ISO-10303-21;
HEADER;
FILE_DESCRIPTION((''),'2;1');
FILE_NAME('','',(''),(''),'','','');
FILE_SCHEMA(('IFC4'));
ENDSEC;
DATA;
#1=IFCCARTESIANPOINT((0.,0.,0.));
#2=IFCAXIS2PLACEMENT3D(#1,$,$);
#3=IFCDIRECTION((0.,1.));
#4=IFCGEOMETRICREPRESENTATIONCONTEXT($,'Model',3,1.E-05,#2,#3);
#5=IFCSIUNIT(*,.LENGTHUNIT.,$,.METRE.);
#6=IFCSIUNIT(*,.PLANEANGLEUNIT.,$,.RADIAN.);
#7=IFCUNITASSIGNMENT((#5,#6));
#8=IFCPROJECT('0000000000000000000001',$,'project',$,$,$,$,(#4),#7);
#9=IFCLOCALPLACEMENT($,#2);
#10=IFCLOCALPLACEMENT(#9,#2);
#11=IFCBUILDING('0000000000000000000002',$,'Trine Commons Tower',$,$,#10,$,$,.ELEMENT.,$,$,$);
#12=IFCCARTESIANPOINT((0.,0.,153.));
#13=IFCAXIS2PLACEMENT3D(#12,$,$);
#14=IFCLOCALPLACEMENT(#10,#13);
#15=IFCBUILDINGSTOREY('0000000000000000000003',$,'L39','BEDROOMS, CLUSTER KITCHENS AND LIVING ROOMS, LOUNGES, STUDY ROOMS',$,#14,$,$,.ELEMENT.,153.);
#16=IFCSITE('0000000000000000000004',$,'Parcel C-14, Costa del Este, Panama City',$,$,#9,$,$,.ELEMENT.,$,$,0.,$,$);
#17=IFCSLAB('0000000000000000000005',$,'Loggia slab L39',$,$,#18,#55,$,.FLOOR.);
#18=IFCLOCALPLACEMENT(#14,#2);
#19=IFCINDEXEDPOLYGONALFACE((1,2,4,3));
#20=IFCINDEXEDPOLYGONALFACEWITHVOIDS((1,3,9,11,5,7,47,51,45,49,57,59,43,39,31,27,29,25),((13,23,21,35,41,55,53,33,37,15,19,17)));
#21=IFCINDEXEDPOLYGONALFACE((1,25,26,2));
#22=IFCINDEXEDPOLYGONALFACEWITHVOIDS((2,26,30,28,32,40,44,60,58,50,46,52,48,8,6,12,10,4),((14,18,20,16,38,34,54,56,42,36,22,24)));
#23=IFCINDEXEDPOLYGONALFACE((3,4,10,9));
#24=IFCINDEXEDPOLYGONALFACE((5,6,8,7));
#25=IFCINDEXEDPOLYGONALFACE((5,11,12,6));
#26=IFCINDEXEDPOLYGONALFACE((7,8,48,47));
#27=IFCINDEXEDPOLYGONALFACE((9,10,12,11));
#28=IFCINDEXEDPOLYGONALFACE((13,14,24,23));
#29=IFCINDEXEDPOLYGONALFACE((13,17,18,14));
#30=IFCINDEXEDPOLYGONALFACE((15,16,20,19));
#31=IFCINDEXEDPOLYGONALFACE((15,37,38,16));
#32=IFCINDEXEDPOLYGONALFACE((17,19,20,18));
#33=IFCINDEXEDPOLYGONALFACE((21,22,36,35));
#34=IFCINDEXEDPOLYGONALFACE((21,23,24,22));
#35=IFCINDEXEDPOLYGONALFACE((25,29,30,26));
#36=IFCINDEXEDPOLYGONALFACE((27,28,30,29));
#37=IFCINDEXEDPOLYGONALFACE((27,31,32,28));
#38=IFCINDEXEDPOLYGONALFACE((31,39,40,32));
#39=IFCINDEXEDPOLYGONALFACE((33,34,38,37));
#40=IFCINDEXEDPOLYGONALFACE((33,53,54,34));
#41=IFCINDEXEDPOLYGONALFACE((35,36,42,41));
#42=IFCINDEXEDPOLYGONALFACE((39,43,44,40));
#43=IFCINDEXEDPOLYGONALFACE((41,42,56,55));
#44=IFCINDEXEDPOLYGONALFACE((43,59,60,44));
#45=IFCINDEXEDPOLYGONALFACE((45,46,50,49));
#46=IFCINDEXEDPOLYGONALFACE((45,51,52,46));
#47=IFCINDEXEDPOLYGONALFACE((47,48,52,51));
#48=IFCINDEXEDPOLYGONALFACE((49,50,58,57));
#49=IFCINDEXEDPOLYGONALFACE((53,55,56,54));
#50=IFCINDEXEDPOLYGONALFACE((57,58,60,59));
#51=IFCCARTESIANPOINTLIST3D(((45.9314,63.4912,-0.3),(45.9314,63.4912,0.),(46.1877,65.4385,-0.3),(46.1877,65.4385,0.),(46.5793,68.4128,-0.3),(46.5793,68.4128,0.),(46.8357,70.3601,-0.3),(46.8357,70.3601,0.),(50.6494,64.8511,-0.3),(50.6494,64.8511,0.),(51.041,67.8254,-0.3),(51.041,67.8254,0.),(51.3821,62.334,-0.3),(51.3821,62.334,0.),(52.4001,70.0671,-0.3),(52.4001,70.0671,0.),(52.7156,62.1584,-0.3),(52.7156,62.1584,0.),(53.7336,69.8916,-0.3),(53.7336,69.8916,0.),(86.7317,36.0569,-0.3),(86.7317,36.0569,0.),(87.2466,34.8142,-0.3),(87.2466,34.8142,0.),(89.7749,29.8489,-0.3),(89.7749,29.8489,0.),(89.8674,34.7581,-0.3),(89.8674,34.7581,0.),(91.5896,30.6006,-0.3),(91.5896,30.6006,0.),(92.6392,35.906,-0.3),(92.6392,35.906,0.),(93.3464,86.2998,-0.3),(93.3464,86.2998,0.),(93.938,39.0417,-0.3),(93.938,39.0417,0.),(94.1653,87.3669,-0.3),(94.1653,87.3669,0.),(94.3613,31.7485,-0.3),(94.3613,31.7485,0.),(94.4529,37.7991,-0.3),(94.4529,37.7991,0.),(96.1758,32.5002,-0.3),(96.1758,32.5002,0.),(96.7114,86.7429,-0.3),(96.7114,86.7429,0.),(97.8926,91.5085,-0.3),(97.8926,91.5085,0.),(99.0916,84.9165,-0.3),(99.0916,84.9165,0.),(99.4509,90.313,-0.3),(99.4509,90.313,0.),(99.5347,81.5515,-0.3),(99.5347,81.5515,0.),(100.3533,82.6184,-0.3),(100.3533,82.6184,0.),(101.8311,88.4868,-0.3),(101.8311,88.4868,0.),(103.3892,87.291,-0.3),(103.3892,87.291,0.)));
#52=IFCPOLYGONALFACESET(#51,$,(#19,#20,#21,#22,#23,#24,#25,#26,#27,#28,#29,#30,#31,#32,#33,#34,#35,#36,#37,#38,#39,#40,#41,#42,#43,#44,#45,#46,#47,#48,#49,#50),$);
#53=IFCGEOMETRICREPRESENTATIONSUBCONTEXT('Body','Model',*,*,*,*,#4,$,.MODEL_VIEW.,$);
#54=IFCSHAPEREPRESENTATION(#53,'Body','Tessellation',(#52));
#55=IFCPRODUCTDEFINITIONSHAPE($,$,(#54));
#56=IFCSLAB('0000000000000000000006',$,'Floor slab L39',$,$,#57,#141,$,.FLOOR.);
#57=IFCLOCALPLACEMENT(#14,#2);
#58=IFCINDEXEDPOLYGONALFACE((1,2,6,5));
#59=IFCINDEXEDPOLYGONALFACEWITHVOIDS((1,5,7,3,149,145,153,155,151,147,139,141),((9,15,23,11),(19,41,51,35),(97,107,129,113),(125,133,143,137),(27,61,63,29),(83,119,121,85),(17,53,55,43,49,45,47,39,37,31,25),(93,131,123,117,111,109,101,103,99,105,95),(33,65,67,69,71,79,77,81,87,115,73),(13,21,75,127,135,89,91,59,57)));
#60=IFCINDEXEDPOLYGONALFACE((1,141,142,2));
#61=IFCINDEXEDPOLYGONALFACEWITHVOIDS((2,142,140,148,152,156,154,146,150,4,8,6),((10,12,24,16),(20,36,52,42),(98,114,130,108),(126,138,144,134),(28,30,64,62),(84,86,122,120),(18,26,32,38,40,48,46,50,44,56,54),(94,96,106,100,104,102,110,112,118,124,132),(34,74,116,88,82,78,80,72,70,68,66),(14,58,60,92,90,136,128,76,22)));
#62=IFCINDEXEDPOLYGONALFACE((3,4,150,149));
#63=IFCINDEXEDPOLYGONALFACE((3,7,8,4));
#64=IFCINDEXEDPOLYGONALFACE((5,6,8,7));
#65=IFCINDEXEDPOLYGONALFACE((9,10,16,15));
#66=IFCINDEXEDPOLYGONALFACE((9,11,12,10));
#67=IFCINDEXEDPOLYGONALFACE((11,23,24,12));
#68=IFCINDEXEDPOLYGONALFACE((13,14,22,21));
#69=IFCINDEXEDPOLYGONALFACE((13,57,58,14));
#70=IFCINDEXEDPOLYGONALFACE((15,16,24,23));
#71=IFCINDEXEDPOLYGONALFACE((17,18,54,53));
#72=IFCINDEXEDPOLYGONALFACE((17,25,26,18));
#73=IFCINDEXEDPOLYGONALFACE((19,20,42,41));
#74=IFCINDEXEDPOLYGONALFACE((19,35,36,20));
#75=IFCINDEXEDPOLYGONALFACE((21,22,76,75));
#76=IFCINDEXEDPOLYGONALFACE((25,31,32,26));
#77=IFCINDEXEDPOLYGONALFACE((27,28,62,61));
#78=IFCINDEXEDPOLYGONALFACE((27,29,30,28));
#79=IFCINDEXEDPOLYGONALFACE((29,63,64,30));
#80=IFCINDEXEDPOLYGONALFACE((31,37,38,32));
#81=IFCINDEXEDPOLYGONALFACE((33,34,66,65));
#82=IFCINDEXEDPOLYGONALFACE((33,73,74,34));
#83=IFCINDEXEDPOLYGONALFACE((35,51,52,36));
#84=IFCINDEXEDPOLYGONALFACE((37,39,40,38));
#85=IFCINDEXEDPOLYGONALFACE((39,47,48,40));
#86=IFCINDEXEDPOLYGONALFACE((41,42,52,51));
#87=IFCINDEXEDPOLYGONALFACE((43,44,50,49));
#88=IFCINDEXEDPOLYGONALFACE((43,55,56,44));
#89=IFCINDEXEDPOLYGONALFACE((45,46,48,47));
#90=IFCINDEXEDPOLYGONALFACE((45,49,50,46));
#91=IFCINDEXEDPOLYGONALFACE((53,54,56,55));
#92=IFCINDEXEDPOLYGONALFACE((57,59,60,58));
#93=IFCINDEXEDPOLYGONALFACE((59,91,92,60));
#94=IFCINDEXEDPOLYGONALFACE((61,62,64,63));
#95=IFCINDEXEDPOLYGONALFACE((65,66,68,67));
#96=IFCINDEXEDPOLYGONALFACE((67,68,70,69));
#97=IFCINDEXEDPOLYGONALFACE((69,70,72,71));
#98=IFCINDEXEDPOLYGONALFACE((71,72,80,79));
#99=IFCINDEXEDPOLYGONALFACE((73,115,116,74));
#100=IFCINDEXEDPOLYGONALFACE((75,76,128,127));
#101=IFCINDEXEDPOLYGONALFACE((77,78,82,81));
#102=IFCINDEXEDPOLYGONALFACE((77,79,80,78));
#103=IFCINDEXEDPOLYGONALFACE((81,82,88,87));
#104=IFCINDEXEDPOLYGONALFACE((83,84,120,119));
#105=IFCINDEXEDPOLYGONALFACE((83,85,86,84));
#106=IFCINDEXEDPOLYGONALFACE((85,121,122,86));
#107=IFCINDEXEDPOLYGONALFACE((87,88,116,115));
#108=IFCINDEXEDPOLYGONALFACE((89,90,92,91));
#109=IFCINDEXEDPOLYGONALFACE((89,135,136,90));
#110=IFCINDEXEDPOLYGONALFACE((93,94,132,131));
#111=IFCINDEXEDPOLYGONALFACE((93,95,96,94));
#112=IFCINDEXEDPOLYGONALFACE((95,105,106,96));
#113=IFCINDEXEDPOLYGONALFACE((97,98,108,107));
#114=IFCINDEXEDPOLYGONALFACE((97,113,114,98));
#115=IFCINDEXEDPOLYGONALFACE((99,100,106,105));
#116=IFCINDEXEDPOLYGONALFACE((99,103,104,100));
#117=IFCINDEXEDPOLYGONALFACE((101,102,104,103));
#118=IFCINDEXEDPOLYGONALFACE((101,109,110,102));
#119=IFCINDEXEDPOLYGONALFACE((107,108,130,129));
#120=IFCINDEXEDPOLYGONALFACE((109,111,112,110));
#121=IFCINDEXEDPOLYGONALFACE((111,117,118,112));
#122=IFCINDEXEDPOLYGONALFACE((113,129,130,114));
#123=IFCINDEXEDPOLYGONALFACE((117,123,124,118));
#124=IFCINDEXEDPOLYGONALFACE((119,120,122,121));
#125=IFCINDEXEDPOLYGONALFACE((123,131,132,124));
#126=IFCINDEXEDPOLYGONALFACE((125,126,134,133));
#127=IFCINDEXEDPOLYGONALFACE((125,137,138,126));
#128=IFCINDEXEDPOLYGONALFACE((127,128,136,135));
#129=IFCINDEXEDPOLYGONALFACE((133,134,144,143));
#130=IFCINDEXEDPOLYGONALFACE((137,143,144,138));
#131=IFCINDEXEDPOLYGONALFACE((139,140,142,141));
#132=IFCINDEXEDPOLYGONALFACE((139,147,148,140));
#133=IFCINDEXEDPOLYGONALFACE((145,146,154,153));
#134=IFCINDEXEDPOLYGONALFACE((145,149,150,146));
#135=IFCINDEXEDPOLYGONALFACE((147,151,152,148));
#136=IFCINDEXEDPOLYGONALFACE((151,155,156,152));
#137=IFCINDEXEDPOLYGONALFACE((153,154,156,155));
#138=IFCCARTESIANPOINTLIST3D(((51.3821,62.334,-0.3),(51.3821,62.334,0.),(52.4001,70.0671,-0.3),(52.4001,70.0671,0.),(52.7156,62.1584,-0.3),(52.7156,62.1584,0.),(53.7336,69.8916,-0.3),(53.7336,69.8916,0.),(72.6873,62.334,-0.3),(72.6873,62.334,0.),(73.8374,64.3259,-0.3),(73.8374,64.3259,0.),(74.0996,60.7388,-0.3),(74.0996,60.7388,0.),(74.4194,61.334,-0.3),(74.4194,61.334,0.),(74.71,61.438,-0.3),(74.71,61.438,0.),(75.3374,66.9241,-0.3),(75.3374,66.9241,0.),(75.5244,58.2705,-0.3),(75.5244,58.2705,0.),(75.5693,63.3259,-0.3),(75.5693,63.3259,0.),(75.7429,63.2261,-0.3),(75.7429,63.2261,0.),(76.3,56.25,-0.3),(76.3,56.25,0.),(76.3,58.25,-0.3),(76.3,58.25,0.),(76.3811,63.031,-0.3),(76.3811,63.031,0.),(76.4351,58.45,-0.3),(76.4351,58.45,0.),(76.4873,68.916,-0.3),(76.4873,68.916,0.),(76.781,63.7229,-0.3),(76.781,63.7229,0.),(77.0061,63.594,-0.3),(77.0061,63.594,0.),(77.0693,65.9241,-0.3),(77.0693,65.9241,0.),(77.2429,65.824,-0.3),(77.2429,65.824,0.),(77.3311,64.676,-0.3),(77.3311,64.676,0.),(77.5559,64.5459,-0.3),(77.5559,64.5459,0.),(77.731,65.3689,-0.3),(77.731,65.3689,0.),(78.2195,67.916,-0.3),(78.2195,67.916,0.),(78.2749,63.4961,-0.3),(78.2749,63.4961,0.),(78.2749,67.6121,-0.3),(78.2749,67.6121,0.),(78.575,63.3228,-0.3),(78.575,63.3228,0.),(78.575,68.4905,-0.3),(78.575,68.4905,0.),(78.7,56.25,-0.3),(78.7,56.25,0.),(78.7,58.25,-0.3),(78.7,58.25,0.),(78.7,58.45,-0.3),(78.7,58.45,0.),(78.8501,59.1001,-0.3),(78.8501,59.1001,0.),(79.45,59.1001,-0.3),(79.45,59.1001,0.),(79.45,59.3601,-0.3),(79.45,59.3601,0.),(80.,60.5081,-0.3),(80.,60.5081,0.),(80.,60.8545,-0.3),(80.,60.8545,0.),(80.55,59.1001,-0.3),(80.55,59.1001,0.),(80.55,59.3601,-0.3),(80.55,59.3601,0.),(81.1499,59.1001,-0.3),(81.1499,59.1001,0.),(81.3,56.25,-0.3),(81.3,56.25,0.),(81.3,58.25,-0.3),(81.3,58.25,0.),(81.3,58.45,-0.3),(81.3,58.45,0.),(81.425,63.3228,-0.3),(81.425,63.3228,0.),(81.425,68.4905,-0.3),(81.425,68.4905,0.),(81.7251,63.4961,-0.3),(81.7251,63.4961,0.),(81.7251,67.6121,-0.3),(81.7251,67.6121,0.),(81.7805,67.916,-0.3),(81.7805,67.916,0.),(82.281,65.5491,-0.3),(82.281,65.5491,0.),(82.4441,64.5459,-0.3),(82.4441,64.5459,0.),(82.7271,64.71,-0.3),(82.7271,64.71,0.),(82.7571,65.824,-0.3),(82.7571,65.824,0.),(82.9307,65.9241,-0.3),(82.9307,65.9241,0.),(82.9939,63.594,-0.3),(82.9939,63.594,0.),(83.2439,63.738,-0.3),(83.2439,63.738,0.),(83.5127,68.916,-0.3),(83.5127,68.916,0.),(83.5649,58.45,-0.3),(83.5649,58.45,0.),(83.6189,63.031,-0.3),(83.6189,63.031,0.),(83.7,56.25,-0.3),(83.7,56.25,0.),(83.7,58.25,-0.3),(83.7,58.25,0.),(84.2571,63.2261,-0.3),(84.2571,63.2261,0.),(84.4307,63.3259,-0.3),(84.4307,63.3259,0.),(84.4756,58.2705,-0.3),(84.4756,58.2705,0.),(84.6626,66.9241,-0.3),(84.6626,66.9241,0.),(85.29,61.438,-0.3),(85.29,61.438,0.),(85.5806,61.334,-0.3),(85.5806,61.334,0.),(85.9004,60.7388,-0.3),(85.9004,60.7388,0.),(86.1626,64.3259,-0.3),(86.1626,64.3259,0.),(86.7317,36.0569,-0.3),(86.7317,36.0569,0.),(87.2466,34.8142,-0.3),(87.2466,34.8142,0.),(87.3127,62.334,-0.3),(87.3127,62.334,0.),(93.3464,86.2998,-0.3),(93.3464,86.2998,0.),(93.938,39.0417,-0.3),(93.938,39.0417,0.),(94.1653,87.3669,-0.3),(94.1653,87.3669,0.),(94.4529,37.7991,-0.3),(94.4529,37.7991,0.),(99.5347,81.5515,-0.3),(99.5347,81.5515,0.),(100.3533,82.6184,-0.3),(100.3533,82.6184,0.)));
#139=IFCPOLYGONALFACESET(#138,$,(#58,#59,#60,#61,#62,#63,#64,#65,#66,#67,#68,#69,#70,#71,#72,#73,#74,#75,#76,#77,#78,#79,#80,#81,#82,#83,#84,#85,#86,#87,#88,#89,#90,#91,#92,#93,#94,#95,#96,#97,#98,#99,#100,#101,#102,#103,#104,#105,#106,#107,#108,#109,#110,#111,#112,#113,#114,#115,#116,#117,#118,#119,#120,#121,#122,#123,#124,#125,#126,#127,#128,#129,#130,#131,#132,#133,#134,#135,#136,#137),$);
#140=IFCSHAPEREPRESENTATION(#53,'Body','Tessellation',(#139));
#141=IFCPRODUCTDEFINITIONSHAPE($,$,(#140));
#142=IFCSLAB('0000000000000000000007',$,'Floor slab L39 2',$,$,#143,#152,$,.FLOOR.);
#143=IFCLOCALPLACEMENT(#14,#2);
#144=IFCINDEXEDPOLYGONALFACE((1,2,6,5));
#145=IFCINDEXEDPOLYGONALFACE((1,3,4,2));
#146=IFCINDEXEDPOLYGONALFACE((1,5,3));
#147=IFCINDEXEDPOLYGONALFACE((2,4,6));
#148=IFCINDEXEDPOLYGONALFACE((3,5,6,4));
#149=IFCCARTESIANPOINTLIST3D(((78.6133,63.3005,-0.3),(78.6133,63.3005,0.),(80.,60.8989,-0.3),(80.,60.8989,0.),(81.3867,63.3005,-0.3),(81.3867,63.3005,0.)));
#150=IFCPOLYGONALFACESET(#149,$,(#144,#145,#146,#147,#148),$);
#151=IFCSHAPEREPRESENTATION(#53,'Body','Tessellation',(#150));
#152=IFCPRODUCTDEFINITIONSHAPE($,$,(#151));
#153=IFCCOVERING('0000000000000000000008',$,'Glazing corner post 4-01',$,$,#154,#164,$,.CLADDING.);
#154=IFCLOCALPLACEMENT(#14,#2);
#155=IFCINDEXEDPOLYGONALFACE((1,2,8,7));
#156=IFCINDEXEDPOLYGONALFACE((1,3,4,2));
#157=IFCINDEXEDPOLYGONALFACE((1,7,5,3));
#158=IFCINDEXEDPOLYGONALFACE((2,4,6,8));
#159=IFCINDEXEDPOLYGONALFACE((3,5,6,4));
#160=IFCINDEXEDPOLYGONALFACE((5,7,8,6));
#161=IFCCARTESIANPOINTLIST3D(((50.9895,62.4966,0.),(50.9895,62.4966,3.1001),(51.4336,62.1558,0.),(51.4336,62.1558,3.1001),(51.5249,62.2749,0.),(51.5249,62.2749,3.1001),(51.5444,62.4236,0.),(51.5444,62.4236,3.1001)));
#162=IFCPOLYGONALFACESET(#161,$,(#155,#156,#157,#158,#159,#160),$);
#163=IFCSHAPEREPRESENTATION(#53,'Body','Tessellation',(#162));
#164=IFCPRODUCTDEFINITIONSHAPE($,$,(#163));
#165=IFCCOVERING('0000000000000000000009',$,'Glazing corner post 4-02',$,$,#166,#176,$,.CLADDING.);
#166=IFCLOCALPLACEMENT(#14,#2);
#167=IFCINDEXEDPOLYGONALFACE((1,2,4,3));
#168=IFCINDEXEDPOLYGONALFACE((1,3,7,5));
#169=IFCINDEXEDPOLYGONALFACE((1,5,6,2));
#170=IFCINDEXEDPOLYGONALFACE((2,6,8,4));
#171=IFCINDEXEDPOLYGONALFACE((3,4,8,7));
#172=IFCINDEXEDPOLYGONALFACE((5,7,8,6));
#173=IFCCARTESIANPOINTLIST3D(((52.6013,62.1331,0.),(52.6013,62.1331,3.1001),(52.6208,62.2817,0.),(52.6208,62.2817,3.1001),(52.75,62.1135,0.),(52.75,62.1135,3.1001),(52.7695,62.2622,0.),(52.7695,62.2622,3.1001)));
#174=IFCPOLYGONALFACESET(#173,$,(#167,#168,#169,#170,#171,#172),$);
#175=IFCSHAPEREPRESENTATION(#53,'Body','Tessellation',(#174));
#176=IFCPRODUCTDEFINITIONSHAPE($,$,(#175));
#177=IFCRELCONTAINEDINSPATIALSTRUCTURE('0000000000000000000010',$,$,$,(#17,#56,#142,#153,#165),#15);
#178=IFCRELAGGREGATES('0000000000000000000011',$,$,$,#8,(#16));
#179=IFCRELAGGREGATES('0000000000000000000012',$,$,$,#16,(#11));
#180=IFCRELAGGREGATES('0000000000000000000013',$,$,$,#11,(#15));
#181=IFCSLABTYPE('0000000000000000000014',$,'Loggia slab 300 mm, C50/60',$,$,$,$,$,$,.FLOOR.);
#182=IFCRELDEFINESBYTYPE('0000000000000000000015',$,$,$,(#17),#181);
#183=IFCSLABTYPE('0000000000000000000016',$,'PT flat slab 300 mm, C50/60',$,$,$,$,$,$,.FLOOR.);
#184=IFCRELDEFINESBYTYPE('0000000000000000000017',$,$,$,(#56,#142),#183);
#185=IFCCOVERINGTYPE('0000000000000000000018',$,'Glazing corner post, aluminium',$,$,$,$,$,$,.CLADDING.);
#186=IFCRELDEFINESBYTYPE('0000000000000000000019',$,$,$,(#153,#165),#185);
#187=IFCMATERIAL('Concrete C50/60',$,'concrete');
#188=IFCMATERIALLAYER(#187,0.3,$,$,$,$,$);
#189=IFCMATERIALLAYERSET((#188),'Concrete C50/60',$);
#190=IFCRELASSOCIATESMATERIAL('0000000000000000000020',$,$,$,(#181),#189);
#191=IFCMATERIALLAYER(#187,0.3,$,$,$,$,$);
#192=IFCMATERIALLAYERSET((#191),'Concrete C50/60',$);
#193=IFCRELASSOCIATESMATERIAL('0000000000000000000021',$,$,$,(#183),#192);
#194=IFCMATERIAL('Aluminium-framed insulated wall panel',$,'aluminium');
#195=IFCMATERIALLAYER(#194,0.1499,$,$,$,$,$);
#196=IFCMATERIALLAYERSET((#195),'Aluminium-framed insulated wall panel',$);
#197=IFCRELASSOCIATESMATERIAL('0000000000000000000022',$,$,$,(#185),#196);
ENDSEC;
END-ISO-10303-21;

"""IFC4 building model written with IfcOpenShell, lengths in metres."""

from ifc_helpers import new_model, si_unit, direction, frame, origin, place, context, subcontext, project, spatial, polyline, outline, extrude, material, layer, layer_set, type_object, element, save


model = new_model("IFC4")

# Units and contexts
model_context = context("Model", 3, precision=1e-05, world=origin(), true_north=direction((0.0, 1.0)))
body_context = subcontext(model_context, "Body", "Model", "MODEL_VIEW")
ifc_project = project(units=[si_unit("LENGTHUNIT", "METRE"), si_unit("PLANEANGLEUNIT", "RADIAN")], contexts=[model_context])

# Site, building, storey
site_placement = place(None, origin())
site = spatial("IfcSite", under=ifc_project, at=site_placement, Name="Parcel C-14, Costa del Este, Panama City", CompositionType="ELEMENT", RefElevation=0.0)
building_placement = place(site_placement, origin())
building = spatial("IfcBuilding", under=site, at=building_placement, Name="Trine Commons Tower", CompositionType="ELEMENT")
storey_placement = place(building_placement, frame((0.0, 0.0, 153.0)))
storey = spatial("IfcBuildingStorey", under=building, at=storey_placement, Name="L39", Description="BEDROOMS, CLUSTER KITCHENS AND LIVING ROOMS, LOUNGES, STUDY ROOMS", CompositionType="ELEMENT", Elevation=153.0)

# Slabs
ifc_material_1 = material(Name="Concrete C50/60", Category="concrete")
ifc_layer_1 = layer(ifc_material_1, 0.3)
ifc_layer_set_1 = layer_set([ifc_layer_1], Name="Concrete C50/60")
slab_type_1 = type_object("IfcSlabType", Name="Loggia slab 300 mm, C50/60", PredefinedType="FLOOR", material=ifc_layer_set_1)
slab_1_placement = place(storey_placement, frame((0.0, 0.0, -0.3)))
element("IfcSlab", 1, at=slab_1_placement, inside=storey, type_object=slab_type_1, Name="Loggia slab L39", PredefinedType="FLOOR", context=body_context, shape_type="SweptSolid", body=[
    extrude(outline(polyline([(96.1758, 32.5002), (103.3892, 87.291), (101.8311, 88.4868), (99.0916, 84.9165), (96.7114, 86.7429), (99.4509, 90.313), (97.8926, 91.5085), (46.8357, 70.3601), (46.5793, 68.4128), (51.041, 67.8254), (50.6494, 64.8511), (46.1877, 65.4385), (45.9314, 63.4912), (89.7749, 29.8489), (91.5896, 30.6006), (89.8674, 34.7581), (92.6392, 35.906), (94.3613, 31.7485), (96.1758, 32.5002)]), holes=[polyline([(87.2466, 34.8142), (86.7317, 36.0569), (93.938, 39.0417), (94.4529, 37.7991), (100.3533, 82.6184), (99.5347, 81.5515), (93.3464, 86.2998), (94.1653, 87.3669), (52.4001, 70.0671), (53.7336, 69.8916), (52.7156, 62.1584), (51.3821, 62.334), (87.2466, 34.8142)])]), origin(), (0.0, 0.0, 1.0), 0.3),
])
ifc_layer_2 = layer(ifc_material_1, 0.3)
ifc_layer_set_2 = layer_set([ifc_layer_2], Name="Concrete C50/60")
slab_type_2 = type_object("IfcSlabType", Name="PT flat slab 300 mm, C50/60", PredefinedType="FLOOR", material=ifc_layer_set_2)
slab_2_placement = place(storey_placement, frame((0.0, 0.0, -0.3)))
element("IfcSlab", 2, at=slab_2_placement, inside=storey, type_object=slab_type_2, Name="Floor slab L39", PredefinedType="FLOOR", context=body_context, shape_type="SweptSolid", body=[
    extrude(outline(polyline([(51.3821, 62.334), (87.2466, 34.8142), (86.7317, 36.0569), (93.938, 39.0417), (94.4529, 37.7991), (100.3533, 82.6184), (99.5347, 81.5515), (93.3464, 86.2998), (94.1653, 87.3669), (52.4001, 70.0671), (53.7336, 69.8916), (52.7156, 62.1584), (51.3821, 62.334)]), holes=[polyline([(78.7, 56.25), (78.7, 58.25), (76.3, 58.25), (76.3, 56.25), (78.7, 56.25)]), polyline([(80.0, 60.8545), (84.4756, 58.2705), (85.9004, 60.7388), (81.425, 63.3228), (81.425, 68.4905), (78.575, 68.4905), (78.575, 63.3228), (74.0996, 60.7388), (75.5244, 58.2705), (80.0, 60.8545)]), polyline([(73.8374, 64.3259), (72.6873, 62.334), (74.4194, 61.334), (75.5693, 63.3259), (73.8374, 64.3259)]), polyline([(76.3811, 63.031), (75.7429, 63.2261), (74.71, 61.438), (78.2749, 63.4961), (78.2749, 67.6121), (77.2429, 65.824), (77.731, 65.3689), (77.3311, 64.676), (77.5559, 64.5459), (77.0061, 63.594), (76.781, 63.7229), (76.3811, 63.031)]), polyline([(76.4873, 68.916), (75.3374, 66.9241), (77.0693, 65.9241), (78.2195, 67.916), (76.4873, 68.916)]), polyline([(83.7, 56.25), (83.7, 58.25), (81.3, 58.25), (81.3, 56.25), (83.7, 56.25)]), polyline([(81.1499, 59.1001), (81.3, 58.45), (83.5649, 58.45), (80.0, 60.5081), (76.4351, 58.45), (78.7, 58.45), (78.8501, 59.1001), (79.45, 59.1001), (79.45, 59.3601), (80.55, 59.3601), (80.55, 59.1001), (81.1499, 59.1001)]), polyline([(86.1626, 64.3259), (84.4307, 63.3259), (85.5806, 61.334), (87.3127, 62.334), (86.1626, 64.3259)]), polyline([(83.2439, 63.738), (82.9939, 63.594), (82.4441, 64.5459), (82.7271, 64.71), (82.281, 65.5491), (82.7571, 65.824), (81.7251, 67.6121), (81.7251, 63.4961), (85.29, 61.438), (84.2571, 63.2261), (83.6189, 63.031), (83.2439, 63.738)]), polyline([(84.6626, 66.9241), (83.5127, 68.916), (81.7805, 67.916), (82.9307, 65.9241), (84.6626, 66.9241)])]), origin(), (0.0, 0.0, 1.0), 0.3),
])
slab_3_placement = place(storey_placement, frame((0.0, 0.0, -0.3)))
element("IfcSlab", 3, at=slab_3_placement, inside=storey, type_object=slab_type_2, Name="Floor slab L39 2", PredefinedType="FLOOR", context=body_context, shape_type="SweptSolid", body=[
    extrude(outline(polyline([(78.6133, 63.3005), (80.0, 60.8989), (81.3867, 63.3005), (78.6133, 63.3005)])), origin(), (0.0, 0.0, 1.0), 0.3),
])

# Coverings
ifc_material_2 = material(Name="Aluminium-framed insulated wall panel", Category="aluminium")
ifc_layer_3 = layer(ifc_material_2, 0.1499)
ifc_layer_set_3 = layer_set([ifc_layer_3], Name="Aluminium-framed insulated wall panel")
covering_type_1 = type_object("IfcCoveringType", Name="Glazing corner post, aluminium", PredefinedType="CLADDING", material=ifc_layer_set_3)
covering_1_placement = place(storey_placement, origin())
element("IfcCovering", 4, at=covering_1_placement, inside=storey, type_object=covering_type_1, Name="Glazing corner post 4-01", PredefinedType="CLADDING", context=body_context, shape_type="SweptSolid", body=[
    extrude(outline(polyline([(51.4336, 62.1558), (51.5249, 62.2749), (51.5444, 62.4236), (50.9895, 62.4966), (51.4336, 62.1558)])), origin(), (0.0, 0.0, 1.0), 3.1001),
])
covering_2_placement = place(storey_placement, origin())
element("IfcCovering", 5, at=covering_2_placement, inside=storey, type_object=covering_type_1, Name="Glazing corner post 4-02", PredefinedType="CLADDING", context=body_context, shape_type="SweptSolid", body=[
    extrude(outline(polyline([(52.6013, 62.1331), (52.75, 62.1135), (52.7695, 62.2622), (52.6208, 62.2817), (52.6013, 62.1331)])), origin(), (0.0, 0.0, 1.0), 3.1001),
])

save(model, "model.ifc")
